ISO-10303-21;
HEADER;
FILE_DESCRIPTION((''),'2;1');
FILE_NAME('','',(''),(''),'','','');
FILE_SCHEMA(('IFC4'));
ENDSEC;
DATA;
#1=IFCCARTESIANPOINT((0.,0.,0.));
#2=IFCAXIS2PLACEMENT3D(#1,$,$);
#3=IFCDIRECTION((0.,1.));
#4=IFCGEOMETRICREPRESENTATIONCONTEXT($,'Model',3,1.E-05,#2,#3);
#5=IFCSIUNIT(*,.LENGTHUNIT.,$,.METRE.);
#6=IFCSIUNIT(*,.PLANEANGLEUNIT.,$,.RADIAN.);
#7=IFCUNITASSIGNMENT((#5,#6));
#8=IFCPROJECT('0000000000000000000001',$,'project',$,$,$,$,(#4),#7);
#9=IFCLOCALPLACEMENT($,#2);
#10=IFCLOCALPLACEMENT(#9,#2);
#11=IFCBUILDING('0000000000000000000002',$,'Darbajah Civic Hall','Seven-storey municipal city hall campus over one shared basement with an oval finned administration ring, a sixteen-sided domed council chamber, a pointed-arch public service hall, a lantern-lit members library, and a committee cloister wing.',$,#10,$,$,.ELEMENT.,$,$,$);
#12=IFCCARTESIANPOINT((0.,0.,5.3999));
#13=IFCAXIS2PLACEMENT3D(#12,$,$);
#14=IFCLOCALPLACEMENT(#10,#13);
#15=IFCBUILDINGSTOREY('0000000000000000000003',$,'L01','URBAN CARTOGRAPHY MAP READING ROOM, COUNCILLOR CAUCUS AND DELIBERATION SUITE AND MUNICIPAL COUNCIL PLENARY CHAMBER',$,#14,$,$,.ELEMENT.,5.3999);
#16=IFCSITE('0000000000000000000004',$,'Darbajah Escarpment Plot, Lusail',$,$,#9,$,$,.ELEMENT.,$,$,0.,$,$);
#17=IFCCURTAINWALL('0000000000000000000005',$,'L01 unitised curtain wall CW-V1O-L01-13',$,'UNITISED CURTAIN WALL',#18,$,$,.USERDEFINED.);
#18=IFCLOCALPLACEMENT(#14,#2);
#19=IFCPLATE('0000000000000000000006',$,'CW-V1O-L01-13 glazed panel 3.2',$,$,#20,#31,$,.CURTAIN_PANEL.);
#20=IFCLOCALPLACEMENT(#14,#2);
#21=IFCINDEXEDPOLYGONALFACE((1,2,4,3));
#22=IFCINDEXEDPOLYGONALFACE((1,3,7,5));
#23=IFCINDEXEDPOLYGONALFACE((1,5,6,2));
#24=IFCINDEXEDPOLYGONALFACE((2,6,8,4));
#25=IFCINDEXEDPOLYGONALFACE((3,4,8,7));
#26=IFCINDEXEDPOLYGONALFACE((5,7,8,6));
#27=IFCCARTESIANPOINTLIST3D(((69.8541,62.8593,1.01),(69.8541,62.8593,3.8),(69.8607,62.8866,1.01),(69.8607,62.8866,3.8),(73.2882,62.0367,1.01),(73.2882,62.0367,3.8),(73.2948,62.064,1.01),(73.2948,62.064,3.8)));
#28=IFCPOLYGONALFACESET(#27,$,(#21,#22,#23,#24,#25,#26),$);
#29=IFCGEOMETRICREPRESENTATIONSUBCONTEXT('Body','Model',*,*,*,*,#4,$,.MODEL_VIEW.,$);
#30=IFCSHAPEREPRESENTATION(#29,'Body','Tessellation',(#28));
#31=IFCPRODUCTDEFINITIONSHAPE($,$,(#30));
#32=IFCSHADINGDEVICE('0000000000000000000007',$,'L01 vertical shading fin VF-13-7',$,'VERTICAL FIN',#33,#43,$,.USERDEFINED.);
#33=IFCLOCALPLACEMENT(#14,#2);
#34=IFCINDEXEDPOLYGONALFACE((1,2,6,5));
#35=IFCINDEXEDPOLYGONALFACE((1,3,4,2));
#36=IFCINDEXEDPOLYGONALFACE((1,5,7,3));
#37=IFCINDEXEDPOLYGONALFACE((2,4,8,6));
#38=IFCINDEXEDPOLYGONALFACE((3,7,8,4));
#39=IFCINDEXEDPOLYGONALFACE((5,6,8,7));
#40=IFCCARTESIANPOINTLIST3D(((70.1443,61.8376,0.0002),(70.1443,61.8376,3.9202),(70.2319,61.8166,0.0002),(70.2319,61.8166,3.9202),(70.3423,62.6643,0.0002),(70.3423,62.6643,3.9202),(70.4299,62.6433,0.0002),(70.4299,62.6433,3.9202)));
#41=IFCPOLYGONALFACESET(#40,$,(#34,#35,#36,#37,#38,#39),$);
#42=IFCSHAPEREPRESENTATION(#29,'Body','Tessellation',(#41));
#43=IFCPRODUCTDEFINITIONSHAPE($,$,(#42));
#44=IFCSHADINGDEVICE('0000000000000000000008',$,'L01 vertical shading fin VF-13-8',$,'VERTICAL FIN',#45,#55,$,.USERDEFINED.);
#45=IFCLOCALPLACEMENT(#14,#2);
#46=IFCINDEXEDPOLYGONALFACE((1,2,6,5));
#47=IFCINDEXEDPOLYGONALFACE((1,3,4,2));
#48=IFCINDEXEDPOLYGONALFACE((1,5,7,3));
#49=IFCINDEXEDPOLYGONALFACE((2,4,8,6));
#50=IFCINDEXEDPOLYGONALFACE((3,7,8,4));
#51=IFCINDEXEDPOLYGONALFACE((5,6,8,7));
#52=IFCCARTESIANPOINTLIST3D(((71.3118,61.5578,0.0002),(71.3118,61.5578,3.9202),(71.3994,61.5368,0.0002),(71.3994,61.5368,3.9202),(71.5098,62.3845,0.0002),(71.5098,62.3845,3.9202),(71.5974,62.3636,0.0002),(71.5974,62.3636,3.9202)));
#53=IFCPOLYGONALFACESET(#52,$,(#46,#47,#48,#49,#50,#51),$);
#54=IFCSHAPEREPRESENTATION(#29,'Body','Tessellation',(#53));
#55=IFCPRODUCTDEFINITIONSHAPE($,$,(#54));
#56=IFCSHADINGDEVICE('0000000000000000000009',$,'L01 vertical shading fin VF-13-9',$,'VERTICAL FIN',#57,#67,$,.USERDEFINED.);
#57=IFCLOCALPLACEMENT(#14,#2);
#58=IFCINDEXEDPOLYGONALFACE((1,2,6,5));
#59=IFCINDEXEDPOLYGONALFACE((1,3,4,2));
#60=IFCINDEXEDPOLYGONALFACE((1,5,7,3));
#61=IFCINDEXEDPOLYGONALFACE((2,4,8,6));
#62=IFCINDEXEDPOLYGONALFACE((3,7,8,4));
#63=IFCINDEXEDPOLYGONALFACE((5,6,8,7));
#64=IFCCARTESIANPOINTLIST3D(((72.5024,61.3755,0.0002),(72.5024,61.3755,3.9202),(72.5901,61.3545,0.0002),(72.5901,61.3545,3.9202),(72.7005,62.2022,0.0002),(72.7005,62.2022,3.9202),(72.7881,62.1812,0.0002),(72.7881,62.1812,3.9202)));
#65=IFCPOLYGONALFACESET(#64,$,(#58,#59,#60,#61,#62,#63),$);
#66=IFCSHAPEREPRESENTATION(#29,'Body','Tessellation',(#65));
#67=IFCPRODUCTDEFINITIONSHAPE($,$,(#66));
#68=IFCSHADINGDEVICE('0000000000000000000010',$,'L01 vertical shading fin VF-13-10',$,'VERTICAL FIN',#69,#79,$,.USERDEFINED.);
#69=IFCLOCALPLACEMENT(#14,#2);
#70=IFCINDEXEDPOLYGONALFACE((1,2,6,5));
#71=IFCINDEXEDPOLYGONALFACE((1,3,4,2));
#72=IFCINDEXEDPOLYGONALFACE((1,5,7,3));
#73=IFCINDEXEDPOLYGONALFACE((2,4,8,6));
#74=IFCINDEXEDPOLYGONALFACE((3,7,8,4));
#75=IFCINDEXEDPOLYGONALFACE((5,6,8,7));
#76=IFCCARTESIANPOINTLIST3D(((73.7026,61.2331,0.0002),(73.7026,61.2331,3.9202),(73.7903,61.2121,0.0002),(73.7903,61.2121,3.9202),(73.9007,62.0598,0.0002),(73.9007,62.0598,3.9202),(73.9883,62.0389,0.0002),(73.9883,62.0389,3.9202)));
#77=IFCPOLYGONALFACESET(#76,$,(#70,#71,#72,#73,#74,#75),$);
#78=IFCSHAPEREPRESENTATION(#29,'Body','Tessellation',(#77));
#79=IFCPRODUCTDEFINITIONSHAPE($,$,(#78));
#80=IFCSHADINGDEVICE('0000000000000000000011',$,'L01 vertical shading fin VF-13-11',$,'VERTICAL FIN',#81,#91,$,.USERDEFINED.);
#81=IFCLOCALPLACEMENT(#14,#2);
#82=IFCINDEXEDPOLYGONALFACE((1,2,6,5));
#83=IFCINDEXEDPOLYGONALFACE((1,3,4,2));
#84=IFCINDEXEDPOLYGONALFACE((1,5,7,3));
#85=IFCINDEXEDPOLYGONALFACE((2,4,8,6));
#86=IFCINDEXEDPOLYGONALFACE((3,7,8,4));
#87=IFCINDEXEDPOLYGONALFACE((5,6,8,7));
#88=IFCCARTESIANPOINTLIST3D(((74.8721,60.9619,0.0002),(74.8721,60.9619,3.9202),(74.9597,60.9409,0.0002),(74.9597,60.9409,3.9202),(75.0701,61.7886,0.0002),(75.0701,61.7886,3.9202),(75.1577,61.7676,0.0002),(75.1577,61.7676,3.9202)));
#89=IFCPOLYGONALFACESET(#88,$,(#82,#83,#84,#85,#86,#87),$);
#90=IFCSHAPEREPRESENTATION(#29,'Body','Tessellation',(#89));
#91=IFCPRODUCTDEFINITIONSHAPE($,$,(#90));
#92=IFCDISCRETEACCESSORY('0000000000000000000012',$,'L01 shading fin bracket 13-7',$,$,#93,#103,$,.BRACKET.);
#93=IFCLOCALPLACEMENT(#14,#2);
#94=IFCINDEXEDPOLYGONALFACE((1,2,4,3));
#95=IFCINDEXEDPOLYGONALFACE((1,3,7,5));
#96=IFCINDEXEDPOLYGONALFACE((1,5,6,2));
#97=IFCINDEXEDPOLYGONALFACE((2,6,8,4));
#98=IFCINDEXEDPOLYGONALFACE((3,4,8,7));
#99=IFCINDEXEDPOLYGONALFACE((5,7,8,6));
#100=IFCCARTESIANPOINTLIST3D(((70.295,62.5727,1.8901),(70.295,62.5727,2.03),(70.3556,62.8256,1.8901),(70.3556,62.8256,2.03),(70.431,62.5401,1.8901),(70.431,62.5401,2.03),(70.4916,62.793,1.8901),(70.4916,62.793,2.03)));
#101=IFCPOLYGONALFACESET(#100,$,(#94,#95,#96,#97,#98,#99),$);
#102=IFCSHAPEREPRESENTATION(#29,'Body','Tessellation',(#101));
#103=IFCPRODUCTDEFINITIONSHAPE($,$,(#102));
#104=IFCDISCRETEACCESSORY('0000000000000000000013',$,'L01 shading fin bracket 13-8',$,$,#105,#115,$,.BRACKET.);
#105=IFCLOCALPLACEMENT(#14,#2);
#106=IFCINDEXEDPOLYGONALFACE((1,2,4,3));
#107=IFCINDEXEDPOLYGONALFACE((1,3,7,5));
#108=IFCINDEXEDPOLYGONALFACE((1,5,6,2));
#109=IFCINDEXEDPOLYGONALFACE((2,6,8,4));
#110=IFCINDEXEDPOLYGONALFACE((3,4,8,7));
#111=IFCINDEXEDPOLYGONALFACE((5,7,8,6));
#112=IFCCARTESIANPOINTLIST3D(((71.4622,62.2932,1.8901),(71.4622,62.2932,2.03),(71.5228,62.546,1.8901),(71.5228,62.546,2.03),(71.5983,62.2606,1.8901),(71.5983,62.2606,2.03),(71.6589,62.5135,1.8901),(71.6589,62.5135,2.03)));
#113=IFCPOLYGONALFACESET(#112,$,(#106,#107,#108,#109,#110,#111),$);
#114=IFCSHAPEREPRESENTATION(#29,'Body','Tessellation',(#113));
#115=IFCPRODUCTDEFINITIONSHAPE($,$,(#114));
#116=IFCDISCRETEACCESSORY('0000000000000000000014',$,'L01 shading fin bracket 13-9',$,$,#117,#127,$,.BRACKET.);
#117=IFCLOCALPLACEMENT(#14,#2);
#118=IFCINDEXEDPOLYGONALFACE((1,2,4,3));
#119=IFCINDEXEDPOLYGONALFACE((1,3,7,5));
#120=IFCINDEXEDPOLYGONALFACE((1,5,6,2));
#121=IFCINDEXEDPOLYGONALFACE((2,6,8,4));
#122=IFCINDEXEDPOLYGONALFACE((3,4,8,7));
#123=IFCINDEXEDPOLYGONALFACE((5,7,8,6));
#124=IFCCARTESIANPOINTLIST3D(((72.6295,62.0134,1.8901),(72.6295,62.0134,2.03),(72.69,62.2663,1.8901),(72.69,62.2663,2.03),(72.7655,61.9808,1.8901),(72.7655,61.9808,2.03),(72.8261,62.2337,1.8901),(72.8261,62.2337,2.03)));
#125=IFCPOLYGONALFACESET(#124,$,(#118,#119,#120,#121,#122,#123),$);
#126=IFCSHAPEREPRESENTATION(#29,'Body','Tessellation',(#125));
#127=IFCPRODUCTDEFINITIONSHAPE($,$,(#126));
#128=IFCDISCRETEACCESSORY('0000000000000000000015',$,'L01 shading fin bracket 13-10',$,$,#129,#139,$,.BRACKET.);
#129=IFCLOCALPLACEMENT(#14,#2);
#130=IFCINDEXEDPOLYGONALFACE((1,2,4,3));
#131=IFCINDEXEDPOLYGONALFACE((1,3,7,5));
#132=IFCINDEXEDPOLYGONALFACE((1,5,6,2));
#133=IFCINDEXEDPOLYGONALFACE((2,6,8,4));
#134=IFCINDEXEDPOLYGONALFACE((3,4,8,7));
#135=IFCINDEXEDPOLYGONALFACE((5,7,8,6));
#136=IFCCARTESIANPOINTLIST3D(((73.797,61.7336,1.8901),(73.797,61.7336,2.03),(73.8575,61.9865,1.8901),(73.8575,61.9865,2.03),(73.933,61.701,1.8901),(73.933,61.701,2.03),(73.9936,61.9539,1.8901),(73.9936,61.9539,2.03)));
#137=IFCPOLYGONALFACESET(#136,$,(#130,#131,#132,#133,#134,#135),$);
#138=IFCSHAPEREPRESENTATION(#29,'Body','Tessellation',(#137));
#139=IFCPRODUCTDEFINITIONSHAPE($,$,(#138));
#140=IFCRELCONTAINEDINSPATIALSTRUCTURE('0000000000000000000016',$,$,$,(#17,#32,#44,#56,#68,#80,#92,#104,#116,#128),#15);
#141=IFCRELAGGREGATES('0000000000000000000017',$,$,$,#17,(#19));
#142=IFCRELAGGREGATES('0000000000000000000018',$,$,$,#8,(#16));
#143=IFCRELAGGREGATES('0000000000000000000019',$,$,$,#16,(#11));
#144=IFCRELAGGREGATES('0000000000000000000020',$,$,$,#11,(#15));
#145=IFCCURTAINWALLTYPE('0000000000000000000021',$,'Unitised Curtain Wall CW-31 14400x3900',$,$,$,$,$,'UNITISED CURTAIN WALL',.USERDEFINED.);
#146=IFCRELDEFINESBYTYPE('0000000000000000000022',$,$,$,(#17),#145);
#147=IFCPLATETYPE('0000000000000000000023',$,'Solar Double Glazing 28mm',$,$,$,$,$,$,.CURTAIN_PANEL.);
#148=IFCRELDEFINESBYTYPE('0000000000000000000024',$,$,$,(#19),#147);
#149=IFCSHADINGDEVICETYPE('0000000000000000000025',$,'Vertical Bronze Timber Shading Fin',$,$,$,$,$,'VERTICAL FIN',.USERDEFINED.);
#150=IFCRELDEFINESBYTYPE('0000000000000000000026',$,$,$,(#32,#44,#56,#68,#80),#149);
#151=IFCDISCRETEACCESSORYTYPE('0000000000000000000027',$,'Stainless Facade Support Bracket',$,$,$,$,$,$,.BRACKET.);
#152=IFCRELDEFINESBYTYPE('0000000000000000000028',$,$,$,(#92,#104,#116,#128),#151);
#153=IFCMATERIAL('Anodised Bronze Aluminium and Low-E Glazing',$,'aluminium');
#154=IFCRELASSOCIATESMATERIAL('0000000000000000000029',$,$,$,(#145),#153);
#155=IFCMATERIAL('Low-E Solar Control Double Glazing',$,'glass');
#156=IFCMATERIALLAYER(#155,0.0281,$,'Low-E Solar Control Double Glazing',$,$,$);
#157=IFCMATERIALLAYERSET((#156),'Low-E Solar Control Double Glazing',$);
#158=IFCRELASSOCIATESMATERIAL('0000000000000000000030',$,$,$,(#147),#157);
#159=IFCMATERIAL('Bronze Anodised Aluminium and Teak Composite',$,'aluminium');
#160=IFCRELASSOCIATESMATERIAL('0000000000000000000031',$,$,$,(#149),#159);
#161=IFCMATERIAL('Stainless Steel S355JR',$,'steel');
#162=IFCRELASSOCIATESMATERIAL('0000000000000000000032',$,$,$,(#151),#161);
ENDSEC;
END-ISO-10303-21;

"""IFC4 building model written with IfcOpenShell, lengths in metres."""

from ifc_helpers import new_model, si_unit, direction, frame, origin, origin_2d, place, context, subcontext, project, spatial, rectangle, extrude, material, layer, layer_set, type_object, element, aggregate, save


model = new_model("IFC4")

# Units and contexts
model_context = context("Model", 3, precision=1e-05, world=origin(), true_north=direction((0.0, 1.0)))
body_context = subcontext(model_context, "Body", "Model", "MODEL_VIEW")
ifc_project = project(units=[si_unit("LENGTHUNIT", "METRE"), si_unit("PLANEANGLEUNIT", "RADIAN")], contexts=[model_context])

# Site, building, storey
site_placement = place(None, origin())
site = spatial("IfcSite", under=ifc_project, at=site_placement, Name="Darbajah Escarpment Plot, Lusail", CompositionType="ELEMENT", RefElevation=0.0)
building_placement = place(site_placement, origin())
building = spatial("IfcBuilding", under=site, at=building_placement, Name="Darbajah Civic Hall", Description="Seven-storey municipal city hall campus over one shared basement with an oval finned administration ring, a sixteen-sided domed council chamber, a pointed-arch public service hall, a lantern-lit members library, and a committee cloister wing.", CompositionType="ELEMENT")
storey_placement = place(building_placement, frame((0.0, 0.0, 5.3999)))
storey = spatial("IfcBuildingStorey", under=building, at=storey_placement, Name="L01", Description="URBAN CARTOGRAPHY MAP READING ROOM, COUNCILLOR CAUCUS AND DELIBERATION SUITE AND MUNICIPAL COUNCIL PLENARY CHAMBER", CompositionType="ELEMENT", Elevation=5.3999)

# Curtain wall
ifc_material_1 = material(Name="Anodised Bronze Aluminium and Low-E Glazing", Category="aluminium")
curtain_wall_type = type_object("IfcCurtainWallType", Name="Unitised Curtain Wall CW-31 14400x3900", ElementType="UNITISED CURTAIN WALL", PredefinedType="USERDEFINED", material=ifc_material_1)
curtain_wall_placement = place(storey_placement, origin())
curtain_wall = element("IfcCurtainWall", 1, at=curtain_wall_placement, inside=storey, type_object=curtain_wall_type, Name="L01 unitised curtain wall CW-V1O-L01-13", ObjectType="UNITISED CURTAIN WALL", PredefinedType="USERDEFINED")

# Plate
ifc_material_2 = material(Name="Low-E Solar Control Double Glazing", Category="glass")
ifc_layer = layer(ifc_material_2, 0.0281, Name="Low-E Solar Control Double Glazing")
ifc_layer_set = layer_set([ifc_layer], Name="Low-E Solar Control Double Glazing")
plate_type = type_object("IfcPlateType", Name="Solar Double Glazing 28mm", PredefinedType="CURTAIN_PANEL", material=ifc_layer_set)
plate_1_placement = place(storey_placement, frame((71.5745, 62.4617, 1.01), z_axis=(0.0, 0.0, 1.0), x_axis=(0.972492, -0.232936, 0.0)))
plate_1 = element("IfcPlate", 2, at=plate_1_placement, type_object=plate_type, Name="CW-V1O-L01-13 glazed panel 3.2", PredefinedType="CURTAIN_PANEL", context=body_context, shape_type="SweptSolid", body=[
    extrude(rectangle(XDim=3.5312, YDim=0.0281, at=origin_2d()), origin(), (0.0, 0.0, 1.0), 2.79),
])
aggregate(curtain_wall, [plate_1])

# Shading devices
ifc_material_3 = material(Name="Bronze Anodised Aluminium and Teak Composite", Category="aluminium")
shading_device_type = type_object("IfcShadingDeviceType", Name="Vertical Bronze Timber Shading Fin", ElementType="VERTICAL FIN", PredefinedType="USERDEFINED", material=ifc_material_3)
for number, where, z_axis, x_axis, name in (
    (3, (70.2871, 62.2405, 0.0002), (0.0, 0.0, 1.0), (-0.232936, -0.972492, 0.0), "L01 vertical shading fin VF-13-7"),
    (4, (71.4546, 61.9607, 0.0002), (0.0, 0.0, 1.0), (-0.232936, -0.972492, 0.0), "L01 vertical shading fin VF-13-8"),
    (5, (72.6453, 61.7783, 0.0002), (0.0, 0.0, 1.0), (-0.232936, -0.972492, 0.0), "L01 vertical shading fin VF-13-9"),
    (6, (73.8455, 61.636, 0.0002), (0.0, 0.0, 1.0), (-0.232936, -0.972492, 0.0), "L01 vertical shading fin VF-13-10"),
    (7, (75.0149, 61.3647, 0.0002), (0.0, 0.0, 1.0), (-0.232936, -0.972492, 0.0), "L01 vertical shading fin VF-13-11"),
):
    element("IfcShadingDevice", number, at=place(storey_placement, frame(where, z_axis=z_axis, x_axis=x_axis)), inside=storey, type_object=shading_device_type, Name=name, ObjectType="VERTICAL FIN", PredefinedType="USERDEFINED", context=body_context, shape_type="SweptSolid", body=[
        extrude(rectangle(XDim=0.8501, YDim=0.0901, at=origin_2d()), origin(), (0.0, 0.0, 1.0), 3.9199),
    ])

# Discrete accessories
ifc_material_4 = material(Name="Stainless Steel S355JR", Category="steel")
discrete_accessory_type = type_object("IfcDiscreteAccessoryType", Name="Stainless Facade Support Bracket", PredefinedType="BRACKET", material=ifc_material_4)
for number, where, z_axis, x_axis, name in (
    (8, (70.3933, 62.6829, 1.8901), (0.0, 0.0, 1.0), (-0.232936, -0.972492, 0.0), "L01 shading fin bracket 13-7"),
    (9, (71.5605, 62.4033, 1.8901), (0.0, 0.0, 1.0), (-0.232936, -0.972492, 0.0), "L01 shading fin bracket 13-8"),
    (10, (72.7278, 62.1235, 1.8901), (0.0, 0.0, 1.0), (-0.232936, -0.972492, 0.0), "L01 shading fin bracket 13-9"),
    (11, (73.8953, 61.8438, 1.8901), (0.0, 0.0, 1.0), (-0.232936, -0.972492, 0.0), "L01 shading fin bracket 13-10"),
):
    element("IfcDiscreteAccessory", number, at=place(storey_placement, frame(where, z_axis=z_axis, x_axis=x_axis)), inside=storey, type_object=discrete_accessory_type, Name=name, PredefinedType="BRACKET", context=body_context, shape_type="SweptSolid", body=[
        extrude(rectangle(XDim=0.26, YDim=0.1399, at=origin_2d()), origin(), (0.0, 0.0, 1.0), 0.1399),
    ])

save(model, "model.ifc")
